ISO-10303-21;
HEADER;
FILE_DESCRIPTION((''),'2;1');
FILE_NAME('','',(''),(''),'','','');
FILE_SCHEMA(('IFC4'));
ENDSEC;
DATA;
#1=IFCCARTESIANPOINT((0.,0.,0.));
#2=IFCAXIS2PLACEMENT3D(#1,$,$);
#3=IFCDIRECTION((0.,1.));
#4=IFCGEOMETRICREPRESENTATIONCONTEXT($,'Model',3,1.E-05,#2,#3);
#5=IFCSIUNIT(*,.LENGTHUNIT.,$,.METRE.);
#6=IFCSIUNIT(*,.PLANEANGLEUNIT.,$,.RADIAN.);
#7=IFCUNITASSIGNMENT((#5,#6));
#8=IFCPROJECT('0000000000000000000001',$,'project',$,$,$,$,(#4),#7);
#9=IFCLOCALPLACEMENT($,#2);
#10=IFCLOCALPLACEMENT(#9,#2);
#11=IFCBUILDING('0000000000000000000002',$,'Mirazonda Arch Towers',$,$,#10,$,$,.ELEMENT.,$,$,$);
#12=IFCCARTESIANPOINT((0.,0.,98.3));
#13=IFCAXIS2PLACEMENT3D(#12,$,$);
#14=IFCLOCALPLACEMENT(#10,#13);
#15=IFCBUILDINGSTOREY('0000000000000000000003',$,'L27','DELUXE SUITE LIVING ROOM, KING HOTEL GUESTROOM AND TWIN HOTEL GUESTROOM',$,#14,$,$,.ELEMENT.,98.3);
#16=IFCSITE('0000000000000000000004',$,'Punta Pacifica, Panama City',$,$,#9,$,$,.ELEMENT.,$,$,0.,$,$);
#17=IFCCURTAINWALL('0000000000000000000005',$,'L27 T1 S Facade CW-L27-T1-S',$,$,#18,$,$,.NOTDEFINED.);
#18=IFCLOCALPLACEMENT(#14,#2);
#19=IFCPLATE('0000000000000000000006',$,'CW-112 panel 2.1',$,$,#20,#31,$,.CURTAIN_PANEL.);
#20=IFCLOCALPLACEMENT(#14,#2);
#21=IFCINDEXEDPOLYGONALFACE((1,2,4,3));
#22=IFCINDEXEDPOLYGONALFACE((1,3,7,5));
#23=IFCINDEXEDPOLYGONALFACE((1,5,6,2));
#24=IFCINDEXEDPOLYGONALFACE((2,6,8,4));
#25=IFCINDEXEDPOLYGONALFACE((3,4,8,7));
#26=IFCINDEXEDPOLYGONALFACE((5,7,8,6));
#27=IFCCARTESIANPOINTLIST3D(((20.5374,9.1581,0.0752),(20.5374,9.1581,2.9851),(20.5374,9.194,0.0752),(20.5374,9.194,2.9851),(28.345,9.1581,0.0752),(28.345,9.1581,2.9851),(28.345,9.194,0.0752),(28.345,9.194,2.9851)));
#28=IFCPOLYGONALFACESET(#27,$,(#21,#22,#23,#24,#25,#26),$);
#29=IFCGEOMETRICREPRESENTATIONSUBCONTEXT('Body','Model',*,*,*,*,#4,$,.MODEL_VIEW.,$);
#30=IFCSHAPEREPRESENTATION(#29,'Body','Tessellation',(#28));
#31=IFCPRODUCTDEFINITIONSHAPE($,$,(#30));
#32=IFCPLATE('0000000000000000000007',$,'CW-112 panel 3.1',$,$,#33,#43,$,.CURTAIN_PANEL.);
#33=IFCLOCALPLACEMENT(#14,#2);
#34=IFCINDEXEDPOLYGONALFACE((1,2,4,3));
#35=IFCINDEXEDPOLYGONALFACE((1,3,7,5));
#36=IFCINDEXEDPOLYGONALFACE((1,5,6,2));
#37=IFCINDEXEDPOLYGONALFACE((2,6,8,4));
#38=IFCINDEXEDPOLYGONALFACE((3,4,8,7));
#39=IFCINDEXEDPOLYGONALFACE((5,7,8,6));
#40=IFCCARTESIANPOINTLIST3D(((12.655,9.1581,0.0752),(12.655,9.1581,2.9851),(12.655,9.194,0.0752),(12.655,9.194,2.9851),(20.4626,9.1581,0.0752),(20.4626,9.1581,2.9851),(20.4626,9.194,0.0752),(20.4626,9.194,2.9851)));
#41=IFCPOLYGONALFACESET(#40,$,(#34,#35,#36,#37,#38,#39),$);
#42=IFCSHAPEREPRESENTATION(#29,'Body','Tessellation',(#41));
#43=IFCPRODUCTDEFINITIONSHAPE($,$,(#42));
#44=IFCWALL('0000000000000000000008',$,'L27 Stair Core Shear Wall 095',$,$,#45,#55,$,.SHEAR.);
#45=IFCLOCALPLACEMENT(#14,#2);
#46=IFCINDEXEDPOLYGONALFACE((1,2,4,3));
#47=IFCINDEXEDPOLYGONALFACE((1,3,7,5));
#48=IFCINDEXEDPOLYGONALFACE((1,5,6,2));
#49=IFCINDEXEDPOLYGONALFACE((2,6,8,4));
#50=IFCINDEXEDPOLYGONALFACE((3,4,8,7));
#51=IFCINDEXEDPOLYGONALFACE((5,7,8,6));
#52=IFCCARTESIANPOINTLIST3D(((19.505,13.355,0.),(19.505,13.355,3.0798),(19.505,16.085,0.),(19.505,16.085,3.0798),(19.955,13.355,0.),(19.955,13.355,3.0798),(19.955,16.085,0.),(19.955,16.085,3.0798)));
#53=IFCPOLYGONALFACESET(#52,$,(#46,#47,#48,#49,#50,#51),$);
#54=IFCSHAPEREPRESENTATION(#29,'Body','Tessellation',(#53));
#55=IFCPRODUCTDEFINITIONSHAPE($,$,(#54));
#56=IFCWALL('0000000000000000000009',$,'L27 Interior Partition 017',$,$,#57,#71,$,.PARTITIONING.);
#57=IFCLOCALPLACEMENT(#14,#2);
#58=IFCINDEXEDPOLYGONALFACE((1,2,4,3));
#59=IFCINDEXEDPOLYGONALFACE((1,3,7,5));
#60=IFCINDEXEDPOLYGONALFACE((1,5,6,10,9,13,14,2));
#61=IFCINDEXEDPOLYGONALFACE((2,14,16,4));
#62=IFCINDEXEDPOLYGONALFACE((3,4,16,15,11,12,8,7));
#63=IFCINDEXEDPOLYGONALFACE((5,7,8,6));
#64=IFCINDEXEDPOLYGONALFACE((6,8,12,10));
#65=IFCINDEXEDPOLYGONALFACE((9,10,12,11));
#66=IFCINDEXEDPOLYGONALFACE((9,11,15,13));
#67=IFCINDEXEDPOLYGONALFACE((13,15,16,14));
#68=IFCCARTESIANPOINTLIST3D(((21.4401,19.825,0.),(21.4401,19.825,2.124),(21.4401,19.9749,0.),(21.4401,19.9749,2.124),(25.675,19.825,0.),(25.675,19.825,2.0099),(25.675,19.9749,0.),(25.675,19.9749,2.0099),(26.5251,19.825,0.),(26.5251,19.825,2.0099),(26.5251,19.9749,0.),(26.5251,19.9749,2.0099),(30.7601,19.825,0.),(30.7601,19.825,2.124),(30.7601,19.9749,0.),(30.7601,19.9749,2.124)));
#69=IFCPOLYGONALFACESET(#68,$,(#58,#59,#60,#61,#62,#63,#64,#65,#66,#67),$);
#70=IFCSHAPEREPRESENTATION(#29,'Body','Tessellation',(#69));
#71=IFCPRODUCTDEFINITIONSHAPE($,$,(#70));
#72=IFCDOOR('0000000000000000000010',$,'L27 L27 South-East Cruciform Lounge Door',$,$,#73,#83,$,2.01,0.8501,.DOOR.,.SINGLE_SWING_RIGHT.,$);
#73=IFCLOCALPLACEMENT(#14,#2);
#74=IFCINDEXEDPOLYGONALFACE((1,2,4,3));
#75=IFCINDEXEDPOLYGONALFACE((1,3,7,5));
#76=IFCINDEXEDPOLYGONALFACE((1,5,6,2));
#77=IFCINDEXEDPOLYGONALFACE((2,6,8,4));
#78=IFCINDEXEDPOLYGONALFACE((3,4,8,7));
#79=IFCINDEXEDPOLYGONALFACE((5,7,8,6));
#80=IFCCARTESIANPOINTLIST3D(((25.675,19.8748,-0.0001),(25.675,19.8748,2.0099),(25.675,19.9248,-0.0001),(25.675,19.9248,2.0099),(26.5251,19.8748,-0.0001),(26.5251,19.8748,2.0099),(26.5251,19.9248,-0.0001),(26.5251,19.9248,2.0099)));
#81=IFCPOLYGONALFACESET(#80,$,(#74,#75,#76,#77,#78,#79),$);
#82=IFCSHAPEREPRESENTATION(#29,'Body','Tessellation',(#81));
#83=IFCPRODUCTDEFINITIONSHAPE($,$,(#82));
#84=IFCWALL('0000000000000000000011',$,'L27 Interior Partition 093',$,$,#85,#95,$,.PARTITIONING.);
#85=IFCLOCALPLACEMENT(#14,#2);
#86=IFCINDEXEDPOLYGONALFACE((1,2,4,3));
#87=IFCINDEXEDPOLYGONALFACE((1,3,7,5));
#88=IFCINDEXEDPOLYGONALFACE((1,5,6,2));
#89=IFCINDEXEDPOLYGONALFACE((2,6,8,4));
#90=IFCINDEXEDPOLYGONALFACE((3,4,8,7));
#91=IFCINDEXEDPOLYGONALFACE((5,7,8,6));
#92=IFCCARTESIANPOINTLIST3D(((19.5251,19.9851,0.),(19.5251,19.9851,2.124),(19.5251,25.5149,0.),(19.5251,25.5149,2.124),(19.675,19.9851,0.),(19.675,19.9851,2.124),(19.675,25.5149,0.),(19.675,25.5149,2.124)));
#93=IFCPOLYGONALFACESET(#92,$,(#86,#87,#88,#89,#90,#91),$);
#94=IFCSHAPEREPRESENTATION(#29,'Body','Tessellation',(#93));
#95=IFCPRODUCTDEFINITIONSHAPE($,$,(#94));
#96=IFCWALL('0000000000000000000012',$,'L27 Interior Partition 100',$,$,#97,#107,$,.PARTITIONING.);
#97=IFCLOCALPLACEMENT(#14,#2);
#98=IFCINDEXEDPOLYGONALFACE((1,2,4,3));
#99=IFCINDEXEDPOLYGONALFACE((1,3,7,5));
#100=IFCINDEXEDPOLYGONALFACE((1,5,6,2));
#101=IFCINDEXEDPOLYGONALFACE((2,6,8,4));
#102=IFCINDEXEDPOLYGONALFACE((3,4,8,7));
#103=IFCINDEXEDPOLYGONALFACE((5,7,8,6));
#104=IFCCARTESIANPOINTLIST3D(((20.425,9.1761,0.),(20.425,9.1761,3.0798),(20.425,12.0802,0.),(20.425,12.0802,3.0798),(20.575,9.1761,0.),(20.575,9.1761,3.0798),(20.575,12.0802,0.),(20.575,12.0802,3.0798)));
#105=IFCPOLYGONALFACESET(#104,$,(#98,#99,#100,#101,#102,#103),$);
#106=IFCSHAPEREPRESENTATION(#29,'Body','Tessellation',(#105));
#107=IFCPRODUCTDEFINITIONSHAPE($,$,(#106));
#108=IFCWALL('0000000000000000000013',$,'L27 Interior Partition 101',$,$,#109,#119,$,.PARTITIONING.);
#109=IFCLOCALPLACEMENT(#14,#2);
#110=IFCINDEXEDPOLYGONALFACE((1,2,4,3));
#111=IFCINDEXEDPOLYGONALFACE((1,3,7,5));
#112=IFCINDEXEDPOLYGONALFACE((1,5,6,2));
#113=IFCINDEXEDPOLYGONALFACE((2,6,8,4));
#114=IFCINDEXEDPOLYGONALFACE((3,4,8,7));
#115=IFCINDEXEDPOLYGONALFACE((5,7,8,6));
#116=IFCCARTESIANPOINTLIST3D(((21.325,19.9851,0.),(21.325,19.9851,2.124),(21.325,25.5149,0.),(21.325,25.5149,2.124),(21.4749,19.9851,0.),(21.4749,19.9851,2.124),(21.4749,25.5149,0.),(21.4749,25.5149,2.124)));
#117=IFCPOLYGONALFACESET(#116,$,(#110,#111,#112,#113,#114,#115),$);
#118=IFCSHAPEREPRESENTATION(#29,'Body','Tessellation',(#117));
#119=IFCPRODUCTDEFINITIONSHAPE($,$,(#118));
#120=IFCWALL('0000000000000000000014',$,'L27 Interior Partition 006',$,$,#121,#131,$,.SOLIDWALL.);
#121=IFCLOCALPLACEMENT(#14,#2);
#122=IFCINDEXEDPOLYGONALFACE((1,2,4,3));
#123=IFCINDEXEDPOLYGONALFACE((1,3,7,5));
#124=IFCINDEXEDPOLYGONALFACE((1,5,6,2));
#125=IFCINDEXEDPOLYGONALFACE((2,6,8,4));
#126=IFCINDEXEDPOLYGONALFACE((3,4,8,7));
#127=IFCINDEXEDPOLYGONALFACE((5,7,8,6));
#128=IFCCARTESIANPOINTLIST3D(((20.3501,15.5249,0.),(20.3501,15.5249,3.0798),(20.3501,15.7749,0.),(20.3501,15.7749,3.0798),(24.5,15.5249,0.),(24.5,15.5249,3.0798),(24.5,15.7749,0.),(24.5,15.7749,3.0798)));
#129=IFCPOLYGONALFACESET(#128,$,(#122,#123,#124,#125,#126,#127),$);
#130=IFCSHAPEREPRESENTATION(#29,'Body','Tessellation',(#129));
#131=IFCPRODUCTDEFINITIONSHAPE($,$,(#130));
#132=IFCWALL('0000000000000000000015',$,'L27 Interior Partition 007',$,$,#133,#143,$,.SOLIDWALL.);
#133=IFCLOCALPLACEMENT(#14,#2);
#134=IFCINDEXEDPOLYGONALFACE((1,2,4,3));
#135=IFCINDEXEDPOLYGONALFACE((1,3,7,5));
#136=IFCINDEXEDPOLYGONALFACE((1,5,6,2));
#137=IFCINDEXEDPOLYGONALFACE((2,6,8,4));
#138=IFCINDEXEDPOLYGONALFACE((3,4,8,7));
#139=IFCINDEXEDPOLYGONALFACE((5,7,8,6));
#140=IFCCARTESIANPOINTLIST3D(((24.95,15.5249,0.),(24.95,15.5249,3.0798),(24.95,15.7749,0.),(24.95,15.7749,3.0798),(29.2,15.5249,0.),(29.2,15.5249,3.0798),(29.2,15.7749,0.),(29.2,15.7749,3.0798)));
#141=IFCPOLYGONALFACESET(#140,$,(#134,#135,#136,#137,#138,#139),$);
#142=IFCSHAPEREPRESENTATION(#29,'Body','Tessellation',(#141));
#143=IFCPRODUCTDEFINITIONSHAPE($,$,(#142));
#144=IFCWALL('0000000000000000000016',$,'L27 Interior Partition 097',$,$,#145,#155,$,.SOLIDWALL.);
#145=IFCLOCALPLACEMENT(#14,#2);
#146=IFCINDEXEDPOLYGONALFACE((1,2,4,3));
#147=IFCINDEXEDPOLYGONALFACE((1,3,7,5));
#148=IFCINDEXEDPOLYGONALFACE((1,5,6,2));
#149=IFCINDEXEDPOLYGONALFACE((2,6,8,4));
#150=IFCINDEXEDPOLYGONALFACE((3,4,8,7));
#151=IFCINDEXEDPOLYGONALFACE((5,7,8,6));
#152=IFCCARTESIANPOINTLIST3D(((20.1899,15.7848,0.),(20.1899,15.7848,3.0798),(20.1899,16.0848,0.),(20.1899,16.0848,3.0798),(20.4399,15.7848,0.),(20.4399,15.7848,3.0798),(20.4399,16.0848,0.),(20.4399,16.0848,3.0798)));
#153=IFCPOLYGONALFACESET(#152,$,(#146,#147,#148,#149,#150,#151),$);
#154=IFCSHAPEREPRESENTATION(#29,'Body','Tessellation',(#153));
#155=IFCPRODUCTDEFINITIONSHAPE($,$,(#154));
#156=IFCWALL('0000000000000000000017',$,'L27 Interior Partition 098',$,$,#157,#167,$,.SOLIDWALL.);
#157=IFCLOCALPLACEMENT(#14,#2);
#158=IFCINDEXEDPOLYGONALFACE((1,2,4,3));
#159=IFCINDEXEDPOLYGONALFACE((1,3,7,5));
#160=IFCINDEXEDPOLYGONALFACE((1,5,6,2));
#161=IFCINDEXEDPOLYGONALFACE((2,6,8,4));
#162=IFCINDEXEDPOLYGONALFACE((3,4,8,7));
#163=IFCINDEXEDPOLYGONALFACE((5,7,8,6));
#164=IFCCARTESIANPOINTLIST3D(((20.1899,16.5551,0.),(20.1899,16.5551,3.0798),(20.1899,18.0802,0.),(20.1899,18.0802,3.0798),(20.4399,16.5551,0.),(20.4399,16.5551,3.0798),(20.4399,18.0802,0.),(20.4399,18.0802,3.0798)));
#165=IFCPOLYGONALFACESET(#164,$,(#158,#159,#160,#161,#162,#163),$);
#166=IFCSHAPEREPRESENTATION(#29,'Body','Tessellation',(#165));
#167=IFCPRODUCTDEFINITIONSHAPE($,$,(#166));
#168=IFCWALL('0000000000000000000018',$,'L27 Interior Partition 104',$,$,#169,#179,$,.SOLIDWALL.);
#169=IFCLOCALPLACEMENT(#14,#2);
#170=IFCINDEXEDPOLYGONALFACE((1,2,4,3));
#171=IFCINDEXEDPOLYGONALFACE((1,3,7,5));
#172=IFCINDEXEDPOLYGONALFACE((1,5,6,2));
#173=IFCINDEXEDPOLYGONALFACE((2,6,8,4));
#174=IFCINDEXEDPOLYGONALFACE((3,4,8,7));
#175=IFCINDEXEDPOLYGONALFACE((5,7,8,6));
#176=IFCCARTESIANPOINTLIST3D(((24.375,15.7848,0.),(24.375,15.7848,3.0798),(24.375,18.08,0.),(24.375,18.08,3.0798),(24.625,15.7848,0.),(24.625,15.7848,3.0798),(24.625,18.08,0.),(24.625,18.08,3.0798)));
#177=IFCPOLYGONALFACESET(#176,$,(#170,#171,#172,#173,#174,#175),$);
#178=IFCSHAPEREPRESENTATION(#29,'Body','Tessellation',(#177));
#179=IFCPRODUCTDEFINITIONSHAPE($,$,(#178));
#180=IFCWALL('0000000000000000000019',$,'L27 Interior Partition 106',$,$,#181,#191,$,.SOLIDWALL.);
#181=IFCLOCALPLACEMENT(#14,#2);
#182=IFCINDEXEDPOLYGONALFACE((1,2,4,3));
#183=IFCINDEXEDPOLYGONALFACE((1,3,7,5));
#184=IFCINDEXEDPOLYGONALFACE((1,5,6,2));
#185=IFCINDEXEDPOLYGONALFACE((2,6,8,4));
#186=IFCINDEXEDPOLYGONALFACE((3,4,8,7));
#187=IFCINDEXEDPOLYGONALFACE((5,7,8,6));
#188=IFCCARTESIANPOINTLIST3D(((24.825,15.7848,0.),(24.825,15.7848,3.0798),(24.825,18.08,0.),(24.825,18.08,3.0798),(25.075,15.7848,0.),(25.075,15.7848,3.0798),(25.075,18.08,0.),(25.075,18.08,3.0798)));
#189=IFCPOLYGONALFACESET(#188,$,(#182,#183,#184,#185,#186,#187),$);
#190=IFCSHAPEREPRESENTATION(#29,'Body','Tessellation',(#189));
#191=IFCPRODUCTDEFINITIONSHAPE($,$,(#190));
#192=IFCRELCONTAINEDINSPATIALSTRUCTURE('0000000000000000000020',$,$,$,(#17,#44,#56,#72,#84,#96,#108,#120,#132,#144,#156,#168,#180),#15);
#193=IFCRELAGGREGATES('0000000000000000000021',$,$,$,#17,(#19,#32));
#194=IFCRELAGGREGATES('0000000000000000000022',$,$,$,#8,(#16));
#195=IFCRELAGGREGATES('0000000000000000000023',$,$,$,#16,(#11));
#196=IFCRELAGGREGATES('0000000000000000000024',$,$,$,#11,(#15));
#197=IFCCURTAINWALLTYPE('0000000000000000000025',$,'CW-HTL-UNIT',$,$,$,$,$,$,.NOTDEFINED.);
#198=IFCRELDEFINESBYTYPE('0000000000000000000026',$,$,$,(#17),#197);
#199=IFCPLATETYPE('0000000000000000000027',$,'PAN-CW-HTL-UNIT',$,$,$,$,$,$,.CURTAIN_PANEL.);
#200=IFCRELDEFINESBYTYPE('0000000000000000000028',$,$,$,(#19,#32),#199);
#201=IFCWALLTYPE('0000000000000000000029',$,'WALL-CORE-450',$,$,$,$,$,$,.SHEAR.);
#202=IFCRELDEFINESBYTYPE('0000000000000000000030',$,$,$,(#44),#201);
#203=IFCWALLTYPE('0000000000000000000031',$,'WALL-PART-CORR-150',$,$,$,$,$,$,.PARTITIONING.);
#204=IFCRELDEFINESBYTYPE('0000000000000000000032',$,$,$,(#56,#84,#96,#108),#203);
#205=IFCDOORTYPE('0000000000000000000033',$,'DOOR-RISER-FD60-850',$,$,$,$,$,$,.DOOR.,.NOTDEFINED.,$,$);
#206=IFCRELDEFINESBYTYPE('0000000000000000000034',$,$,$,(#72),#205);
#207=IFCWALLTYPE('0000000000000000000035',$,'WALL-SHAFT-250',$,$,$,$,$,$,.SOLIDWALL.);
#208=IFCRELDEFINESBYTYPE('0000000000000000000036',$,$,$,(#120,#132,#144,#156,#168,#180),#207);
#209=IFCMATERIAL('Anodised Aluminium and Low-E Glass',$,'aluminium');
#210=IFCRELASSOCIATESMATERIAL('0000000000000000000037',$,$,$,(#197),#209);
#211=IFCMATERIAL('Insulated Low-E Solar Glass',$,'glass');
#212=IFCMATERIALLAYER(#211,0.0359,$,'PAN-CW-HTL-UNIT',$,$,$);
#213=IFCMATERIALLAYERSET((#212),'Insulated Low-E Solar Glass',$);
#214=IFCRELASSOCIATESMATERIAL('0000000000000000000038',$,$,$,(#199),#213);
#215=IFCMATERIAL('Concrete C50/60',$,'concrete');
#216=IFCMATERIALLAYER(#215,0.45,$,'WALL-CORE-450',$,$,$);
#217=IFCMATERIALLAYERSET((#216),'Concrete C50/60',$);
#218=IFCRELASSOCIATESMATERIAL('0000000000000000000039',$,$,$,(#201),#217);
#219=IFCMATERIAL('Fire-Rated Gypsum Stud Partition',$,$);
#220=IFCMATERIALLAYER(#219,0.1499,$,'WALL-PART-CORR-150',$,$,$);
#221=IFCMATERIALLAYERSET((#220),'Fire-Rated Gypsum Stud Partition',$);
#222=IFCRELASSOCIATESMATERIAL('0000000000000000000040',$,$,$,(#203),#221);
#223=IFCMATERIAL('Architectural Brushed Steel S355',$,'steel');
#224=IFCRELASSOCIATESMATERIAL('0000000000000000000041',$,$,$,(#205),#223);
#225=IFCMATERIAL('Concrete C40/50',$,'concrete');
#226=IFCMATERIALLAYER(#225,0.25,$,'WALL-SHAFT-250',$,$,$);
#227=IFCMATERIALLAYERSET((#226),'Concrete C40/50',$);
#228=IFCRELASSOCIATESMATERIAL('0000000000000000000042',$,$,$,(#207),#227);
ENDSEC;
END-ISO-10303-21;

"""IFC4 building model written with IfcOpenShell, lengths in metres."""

from ifc_helpers import new_model, si_unit, direction, frame, frame_2d, origin, origin_2d, place, context, subcontext, project, spatial, rectangle, extrude, material, layer, layer_set, type_object, element, fill, aggregate, save


model = new_model("IFC4")

# Units and contexts
model_context = context("Model", 3, precision=1e-05, world=origin(), true_north=direction((0.0, 1.0)))
body_context = subcontext(model_context, "Body", "Model", "MODEL_VIEW")
ifc_project = project(units=[si_unit("LENGTHUNIT", "METRE"), si_unit("PLANEANGLEUNIT", "RADIAN")], contexts=[model_context])

# Site, building, storey
site_placement = place(None, origin())
site = spatial("IfcSite", under=ifc_project, at=site_placement, Name="Punta Pacifica, Panama City", CompositionType="ELEMENT", RefElevation=0.0)
building_placement = place(site_placement, origin())
building = spatial("IfcBuilding", under=site, at=building_placement, Name="Mirazonda Arch Towers", CompositionType="ELEMENT")
storey_placement = place(building_placement, frame((0.0, 0.0, 98.3)))
storey = spatial("IfcBuildingStorey", under=building, at=storey_placement, Name="L27", Description="DELUXE SUITE LIVING ROOM, KING HOTEL GUESTROOM AND TWIN HOTEL GUESTROOM", CompositionType="ELEMENT", Elevation=98.3)

# Shared definitions
ifc_material_1 = material(Name="Concrete C50/60", Category="concrete")

# Curtain wall, plates
ifc_material_2 = material(Name="Anodised Aluminium and Low-E Glass", Category="aluminium")
curtain_wall_type = type_object("IfcCurtainWallType", Name="CW-HTL-UNIT", PredefinedType="NOTDEFINED", material=ifc_material_2)
curtain_wall_placement = place(storey_placement, origin())
curtain_wall = element("IfcCurtainWall", 1, at=curtain_wall_placement, inside=storey, type_object=curtain_wall_type, Name="L27 T1 S Facade CW-L27-T1-S", PredefinedType="NOTDEFINED")
ifc_material_3 = material(Name="Insulated Low-E Solar Glass", Category="glass")
ifc_layer_1 = layer(ifc_material_3, 0.0359, Name="PAN-CW-HTL-UNIT")
ifc_layer_set_1 = layer_set([ifc_layer_1], Name="Insulated Low-E Solar Glass")
plate_type = type_object("IfcPlateType", Name="PAN-CW-HTL-UNIT", PredefinedType="CURTAIN_PANEL", material=ifc_layer_set_1)
plate_1_placement = place(storey_placement, frame((24.4412, 9.176, 0.0752), z_axis=(0.0, 0.0, 1.0), x_axis=(-1.0, 0.0, 0.0)))
plate_1 = element("IfcPlate", 2, at=plate_1_placement, type_object=plate_type, Name="CW-112 panel 2.1", PredefinedType="CURTAIN_PANEL", context=body_context, shape_type="SweptSolid", body=[
    extrude(rectangle(XDim=7.8076, YDim=0.0359, at=origin_2d()), origin(), (0.0, 0.0, 1.0), 2.9099),
])
plate_2_placement = place(storey_placement, frame((16.5588, 9.176, 0.0752), z_axis=(0.0, 0.0, 1.0), x_axis=(-1.0, 0.0, 0.0)))
plate_2 = element("IfcPlate", 3, at=plate_2_placement, type_object=plate_type, Name="CW-112 panel 3.1", PredefinedType="CURTAIN_PANEL", context=body_context, shape_type="SweptSolid", body=[
    extrude(rectangle(XDim=7.8076, YDim=0.0359, at=origin_2d()), origin(), (0.0, 0.0, 1.0), 2.9099),
])
aggregate(curtain_wall, [plate_1, plate_2])

# Wall
ifc_layer_2 = layer(ifc_material_1, 0.45, Name="WALL-CORE-450")
ifc_layer_set_2 = layer_set([ifc_layer_2], Name="Concrete C50/60")
wall_type_1 = type_object("IfcWallType", Name="WALL-CORE-450", PredefinedType="SHEAR", material=ifc_layer_set_2)
wall_1_placement = place(storey_placement, frame((19.73, 13.355, 0.0), z_axis=(0.0, 0.0, 1.0), x_axis=(0.0, 1.0, 0.0)))
element("IfcWall", 4, at=wall_1_placement, inside=storey, type_object=wall_type_1, Name="L27 Stair Core Shear Wall 095", PredefinedType="SHEAR", context=body_context, shape_type="SweptSolid", body=[
    extrude(rectangle(XDim=2.73, YDim=0.45, at=frame_2d((1.365, 0.0))), origin(), (0.0, 0.0, 1.0), 3.0798),
])

# Wall, opening, door
ifc_material_4 = material(Name="Fire-Rated Gypsum Stud Partition")
ifc_layer_3 = layer(ifc_material_4, 0.1499, Name="WALL-PART-CORR-150")
ifc_layer_set_3 = layer_set([ifc_layer_3], Name="Fire-Rated Gypsum Stud Partition")
wall_type_2 = type_object("IfcWallType", Name="WALL-PART-CORR-150", PredefinedType="PARTITIONING", material=ifc_layer_set_3)
wall_2_placement = place(storey_placement, frame((21.4399, 19.8999, 0.0), z_axis=(0.0, 0.0, 1.0), x_axis=(1.0, 0.0, 0.0)))
wall_2 = element("IfcWall", 5, at=wall_2_placement, inside=storey, type_object=wall_type_2, Name="L27 Interior Partition 017", PredefinedType="PARTITIONING", context=body_context, shape_type="SweptSolid", body=[
    extrude(rectangle(XDim=9.3201, YDim=0.1499, at=frame_2d((4.6602, 0.0))), origin(), (0.0, 0.0, 1.0), 2.124),
])
opening_placement = place(wall_2_placement, frame((4.2351, 0.0, 0.0)))
opening = element("IfcOpeningElement", 6, at=opening_placement, cuts=wall_2, PredefinedType="OPENING", context=body_context, shape_type="SweptSolid", body=[
    extrude(rectangle(XDim=0.8501, YDim=2.01, at=frame_2d((0.425, 1.0049))), frame((0.0, 0.085, 0.0), z_axis=(0.0, -1.0, 0.0), x_axis=(1.0, 0.0, 0.0)), (0.0, 0.0, 1.0), 0.1699),
])
ifc_material_5 = material(Name="Architectural Brushed Steel S355", Category="steel")
door_type = type_object("IfcDoorType", Name="DOOR-RISER-FD60-850", OperationType="NOTDEFINED", PredefinedType="DOOR", material=ifc_material_5)
door_placement = place(opening_placement, origin())
door = element("IfcDoor", 7, at=door_placement, inside=storey, type_object=door_type, Name="L27 L27 South-East Cruciform Lounge Door", OperationType="SINGLE_SWING_RIGHT", OverallHeight=2.01, OverallWidth=0.8501, PredefinedType="DOOR", context=body_context, shape_type="SweptSolid", body=[
    extrude(rectangle(XDim=0.8501, YDim=2.01, at=frame_2d((0.425, 1.0049))), frame((0.0, 0.0249, 0.0), z_axis=(0.0, -1.0, 0.0), x_axis=(1.0, 0.0, 0.0)), (0.0, 0.0, 1.0), 0.05),
])
fill(opening, door)

# Walls
wall_3_placement = place(storey_placement, frame((19.6001, 19.9851, 0.0), z_axis=(0.0, 0.0, 1.0), x_axis=(0.0, 1.0, 0.0)))
element("IfcWall", 8, at=wall_3_placement, inside=storey, type_object=wall_type_2, Name="L27 Interior Partition 093", PredefinedType="PARTITIONING", context=body_context, shape_type="SweptSolid", body=[
    extrude(rectangle(XDim=5.5298, YDim=0.1499, at=frame_2d((2.7649, 0.0))), origin(), (0.0, 0.0, 1.0), 2.124),
])
wall_4_placement = place(storey_placement, frame((20.5, 9.176, 0.0), z_axis=(0.0, 0.0, 1.0), x_axis=(0.0, 1.0, 0.0)))
element("IfcWall", 9, at=wall_4_placement, inside=storey, type_object=wall_type_2, Name="L27 Interior Partition 100", PredefinedType="PARTITIONING", context=body_context, shape_type="SweptSolid", body=[
    extrude(rectangle(XDim=2.9041, YDim=0.1499, at=frame_2d((1.4521, 0.0))), origin(), (0.0, 0.0, 1.0), 3.0798),
])
wall_5_placement = place(storey_placement, frame((21.3999, 19.9851, 0.0), z_axis=(0.0, 0.0, 1.0), x_axis=(0.0, 1.0, 0.0)))
element("IfcWall", 10, at=wall_5_placement, inside=storey, type_object=wall_type_2, Name="L27 Interior Partition 101", PredefinedType="PARTITIONING", context=body_context, shape_type="SweptSolid", body=[
    extrude(rectangle(XDim=5.5298, YDim=0.1499, at=frame_2d((2.7649, 0.0))), origin(), (0.0, 0.0, 1.0), 2.124),
])
ifc_material_6 = material(Name="Concrete C40/50", Category="concrete")
ifc_layer_4 = layer(ifc_material_6, 0.25, Name="WALL-SHAFT-250")
ifc_layer_set_4 = layer_set([ifc_layer_4], Name="Concrete C40/50")
wall_type_3 = type_object("IfcWallType", Name="WALL-SHAFT-250", PredefinedType="SOLIDWALL", material=ifc_layer_set_4)
wall_6_placement = place(storey_placement, frame((20.3501, 15.6499, 0.0), z_axis=(0.0, 0.0, 1.0), x_axis=(1.0, 0.0, 0.0)))
element("IfcWall", 11, at=wall_6_placement, inside=storey, type_object=wall_type_3, Name="L27 Interior Partition 006", PredefinedType="SOLIDWALL", context=body_context, shape_type="SweptSolid", body=[
    extrude(rectangle(XDim=4.1499, YDim=0.25, at=frame_2d((2.075, 0.0))), origin(), (0.0, 0.0, 1.0), 3.0798),
])
wall_7_placement = place(storey_placement, frame((24.95, 15.6499, 0.0), z_axis=(0.0, 0.0, 1.0), x_axis=(1.0, 0.0, 0.0)))
element("IfcWall", 12, at=wall_7_placement, inside=storey, type_object=wall_type_3, Name="L27 Interior Partition 007", PredefinedType="SOLIDWALL", context=body_context, shape_type="SweptSolid", body=[
    extrude(rectangle(XDim=4.25, YDim=0.25, at=frame_2d((2.125, 0.0))), origin(), (0.0, 0.0, 1.0), 3.0798),
])
wall_8_placement = place(storey_placement, frame((20.3149, 15.7849, 0.0), z_axis=(0.0, 0.0, 1.0), x_axis=(0.0, 1.0, 0.0)))
element("IfcWall", 13, at=wall_8_placement, inside=storey, type_object=wall_type_3, Name="L27 Interior Partition 097", PredefinedType="SOLIDWALL", context=body_context, shape_type="SweptSolid", body=[
    extrude(rectangle(XDim=0.3, YDim=0.25, at=frame_2d((0.1499, 0.0))), origin(), (0.0, 0.0, 1.0), 3.0798),
])
wall_9_placement = place(storey_placement, frame((20.3149, 16.5549, 0.0), z_axis=(0.0, 0.0, 1.0), x_axis=(0.0, 1.0, 0.0)))
element("IfcWall", 14, at=wall_9_placement, inside=storey, type_object=wall_type_3, Name="L27 Interior Partition 098", PredefinedType="SOLIDWALL", context=body_context, shape_type="SweptSolid", body=[
    extrude(rectangle(XDim=1.5251, YDim=0.25, at=frame_2d((0.7627, 0.0))), origin(), (0.0, 0.0, 1.0), 3.0798),
])
for number, where, z_axis, x_axis, name in (
    (15, (24.5, 15.7849, 0.0), (0.0, 0.0, 1.0), (0.0, 1.0, 0.0), "L27 Interior Partition 104"),
    (16, (24.95, 15.7849, 0.0), (0.0, 0.0, 1.0), (0.0, 1.0, 0.0), "L27 Interior Partition 106"),
):
    element("IfcWall", number, at=place(storey_placement, frame(where, z_axis=z_axis, x_axis=x_axis)), inside=storey, type_object=wall_type_3, Name=name, PredefinedType="SOLIDWALL", context=body_context, shape_type="SweptSolid", body=[
        extrude(rectangle(XDim=2.2952, YDim=0.25, at=frame_2d((1.1475, 0.0))), origin(), (0.0, 0.0, 1.0), 3.0798),
    ])

save(model, "model.ifc")
